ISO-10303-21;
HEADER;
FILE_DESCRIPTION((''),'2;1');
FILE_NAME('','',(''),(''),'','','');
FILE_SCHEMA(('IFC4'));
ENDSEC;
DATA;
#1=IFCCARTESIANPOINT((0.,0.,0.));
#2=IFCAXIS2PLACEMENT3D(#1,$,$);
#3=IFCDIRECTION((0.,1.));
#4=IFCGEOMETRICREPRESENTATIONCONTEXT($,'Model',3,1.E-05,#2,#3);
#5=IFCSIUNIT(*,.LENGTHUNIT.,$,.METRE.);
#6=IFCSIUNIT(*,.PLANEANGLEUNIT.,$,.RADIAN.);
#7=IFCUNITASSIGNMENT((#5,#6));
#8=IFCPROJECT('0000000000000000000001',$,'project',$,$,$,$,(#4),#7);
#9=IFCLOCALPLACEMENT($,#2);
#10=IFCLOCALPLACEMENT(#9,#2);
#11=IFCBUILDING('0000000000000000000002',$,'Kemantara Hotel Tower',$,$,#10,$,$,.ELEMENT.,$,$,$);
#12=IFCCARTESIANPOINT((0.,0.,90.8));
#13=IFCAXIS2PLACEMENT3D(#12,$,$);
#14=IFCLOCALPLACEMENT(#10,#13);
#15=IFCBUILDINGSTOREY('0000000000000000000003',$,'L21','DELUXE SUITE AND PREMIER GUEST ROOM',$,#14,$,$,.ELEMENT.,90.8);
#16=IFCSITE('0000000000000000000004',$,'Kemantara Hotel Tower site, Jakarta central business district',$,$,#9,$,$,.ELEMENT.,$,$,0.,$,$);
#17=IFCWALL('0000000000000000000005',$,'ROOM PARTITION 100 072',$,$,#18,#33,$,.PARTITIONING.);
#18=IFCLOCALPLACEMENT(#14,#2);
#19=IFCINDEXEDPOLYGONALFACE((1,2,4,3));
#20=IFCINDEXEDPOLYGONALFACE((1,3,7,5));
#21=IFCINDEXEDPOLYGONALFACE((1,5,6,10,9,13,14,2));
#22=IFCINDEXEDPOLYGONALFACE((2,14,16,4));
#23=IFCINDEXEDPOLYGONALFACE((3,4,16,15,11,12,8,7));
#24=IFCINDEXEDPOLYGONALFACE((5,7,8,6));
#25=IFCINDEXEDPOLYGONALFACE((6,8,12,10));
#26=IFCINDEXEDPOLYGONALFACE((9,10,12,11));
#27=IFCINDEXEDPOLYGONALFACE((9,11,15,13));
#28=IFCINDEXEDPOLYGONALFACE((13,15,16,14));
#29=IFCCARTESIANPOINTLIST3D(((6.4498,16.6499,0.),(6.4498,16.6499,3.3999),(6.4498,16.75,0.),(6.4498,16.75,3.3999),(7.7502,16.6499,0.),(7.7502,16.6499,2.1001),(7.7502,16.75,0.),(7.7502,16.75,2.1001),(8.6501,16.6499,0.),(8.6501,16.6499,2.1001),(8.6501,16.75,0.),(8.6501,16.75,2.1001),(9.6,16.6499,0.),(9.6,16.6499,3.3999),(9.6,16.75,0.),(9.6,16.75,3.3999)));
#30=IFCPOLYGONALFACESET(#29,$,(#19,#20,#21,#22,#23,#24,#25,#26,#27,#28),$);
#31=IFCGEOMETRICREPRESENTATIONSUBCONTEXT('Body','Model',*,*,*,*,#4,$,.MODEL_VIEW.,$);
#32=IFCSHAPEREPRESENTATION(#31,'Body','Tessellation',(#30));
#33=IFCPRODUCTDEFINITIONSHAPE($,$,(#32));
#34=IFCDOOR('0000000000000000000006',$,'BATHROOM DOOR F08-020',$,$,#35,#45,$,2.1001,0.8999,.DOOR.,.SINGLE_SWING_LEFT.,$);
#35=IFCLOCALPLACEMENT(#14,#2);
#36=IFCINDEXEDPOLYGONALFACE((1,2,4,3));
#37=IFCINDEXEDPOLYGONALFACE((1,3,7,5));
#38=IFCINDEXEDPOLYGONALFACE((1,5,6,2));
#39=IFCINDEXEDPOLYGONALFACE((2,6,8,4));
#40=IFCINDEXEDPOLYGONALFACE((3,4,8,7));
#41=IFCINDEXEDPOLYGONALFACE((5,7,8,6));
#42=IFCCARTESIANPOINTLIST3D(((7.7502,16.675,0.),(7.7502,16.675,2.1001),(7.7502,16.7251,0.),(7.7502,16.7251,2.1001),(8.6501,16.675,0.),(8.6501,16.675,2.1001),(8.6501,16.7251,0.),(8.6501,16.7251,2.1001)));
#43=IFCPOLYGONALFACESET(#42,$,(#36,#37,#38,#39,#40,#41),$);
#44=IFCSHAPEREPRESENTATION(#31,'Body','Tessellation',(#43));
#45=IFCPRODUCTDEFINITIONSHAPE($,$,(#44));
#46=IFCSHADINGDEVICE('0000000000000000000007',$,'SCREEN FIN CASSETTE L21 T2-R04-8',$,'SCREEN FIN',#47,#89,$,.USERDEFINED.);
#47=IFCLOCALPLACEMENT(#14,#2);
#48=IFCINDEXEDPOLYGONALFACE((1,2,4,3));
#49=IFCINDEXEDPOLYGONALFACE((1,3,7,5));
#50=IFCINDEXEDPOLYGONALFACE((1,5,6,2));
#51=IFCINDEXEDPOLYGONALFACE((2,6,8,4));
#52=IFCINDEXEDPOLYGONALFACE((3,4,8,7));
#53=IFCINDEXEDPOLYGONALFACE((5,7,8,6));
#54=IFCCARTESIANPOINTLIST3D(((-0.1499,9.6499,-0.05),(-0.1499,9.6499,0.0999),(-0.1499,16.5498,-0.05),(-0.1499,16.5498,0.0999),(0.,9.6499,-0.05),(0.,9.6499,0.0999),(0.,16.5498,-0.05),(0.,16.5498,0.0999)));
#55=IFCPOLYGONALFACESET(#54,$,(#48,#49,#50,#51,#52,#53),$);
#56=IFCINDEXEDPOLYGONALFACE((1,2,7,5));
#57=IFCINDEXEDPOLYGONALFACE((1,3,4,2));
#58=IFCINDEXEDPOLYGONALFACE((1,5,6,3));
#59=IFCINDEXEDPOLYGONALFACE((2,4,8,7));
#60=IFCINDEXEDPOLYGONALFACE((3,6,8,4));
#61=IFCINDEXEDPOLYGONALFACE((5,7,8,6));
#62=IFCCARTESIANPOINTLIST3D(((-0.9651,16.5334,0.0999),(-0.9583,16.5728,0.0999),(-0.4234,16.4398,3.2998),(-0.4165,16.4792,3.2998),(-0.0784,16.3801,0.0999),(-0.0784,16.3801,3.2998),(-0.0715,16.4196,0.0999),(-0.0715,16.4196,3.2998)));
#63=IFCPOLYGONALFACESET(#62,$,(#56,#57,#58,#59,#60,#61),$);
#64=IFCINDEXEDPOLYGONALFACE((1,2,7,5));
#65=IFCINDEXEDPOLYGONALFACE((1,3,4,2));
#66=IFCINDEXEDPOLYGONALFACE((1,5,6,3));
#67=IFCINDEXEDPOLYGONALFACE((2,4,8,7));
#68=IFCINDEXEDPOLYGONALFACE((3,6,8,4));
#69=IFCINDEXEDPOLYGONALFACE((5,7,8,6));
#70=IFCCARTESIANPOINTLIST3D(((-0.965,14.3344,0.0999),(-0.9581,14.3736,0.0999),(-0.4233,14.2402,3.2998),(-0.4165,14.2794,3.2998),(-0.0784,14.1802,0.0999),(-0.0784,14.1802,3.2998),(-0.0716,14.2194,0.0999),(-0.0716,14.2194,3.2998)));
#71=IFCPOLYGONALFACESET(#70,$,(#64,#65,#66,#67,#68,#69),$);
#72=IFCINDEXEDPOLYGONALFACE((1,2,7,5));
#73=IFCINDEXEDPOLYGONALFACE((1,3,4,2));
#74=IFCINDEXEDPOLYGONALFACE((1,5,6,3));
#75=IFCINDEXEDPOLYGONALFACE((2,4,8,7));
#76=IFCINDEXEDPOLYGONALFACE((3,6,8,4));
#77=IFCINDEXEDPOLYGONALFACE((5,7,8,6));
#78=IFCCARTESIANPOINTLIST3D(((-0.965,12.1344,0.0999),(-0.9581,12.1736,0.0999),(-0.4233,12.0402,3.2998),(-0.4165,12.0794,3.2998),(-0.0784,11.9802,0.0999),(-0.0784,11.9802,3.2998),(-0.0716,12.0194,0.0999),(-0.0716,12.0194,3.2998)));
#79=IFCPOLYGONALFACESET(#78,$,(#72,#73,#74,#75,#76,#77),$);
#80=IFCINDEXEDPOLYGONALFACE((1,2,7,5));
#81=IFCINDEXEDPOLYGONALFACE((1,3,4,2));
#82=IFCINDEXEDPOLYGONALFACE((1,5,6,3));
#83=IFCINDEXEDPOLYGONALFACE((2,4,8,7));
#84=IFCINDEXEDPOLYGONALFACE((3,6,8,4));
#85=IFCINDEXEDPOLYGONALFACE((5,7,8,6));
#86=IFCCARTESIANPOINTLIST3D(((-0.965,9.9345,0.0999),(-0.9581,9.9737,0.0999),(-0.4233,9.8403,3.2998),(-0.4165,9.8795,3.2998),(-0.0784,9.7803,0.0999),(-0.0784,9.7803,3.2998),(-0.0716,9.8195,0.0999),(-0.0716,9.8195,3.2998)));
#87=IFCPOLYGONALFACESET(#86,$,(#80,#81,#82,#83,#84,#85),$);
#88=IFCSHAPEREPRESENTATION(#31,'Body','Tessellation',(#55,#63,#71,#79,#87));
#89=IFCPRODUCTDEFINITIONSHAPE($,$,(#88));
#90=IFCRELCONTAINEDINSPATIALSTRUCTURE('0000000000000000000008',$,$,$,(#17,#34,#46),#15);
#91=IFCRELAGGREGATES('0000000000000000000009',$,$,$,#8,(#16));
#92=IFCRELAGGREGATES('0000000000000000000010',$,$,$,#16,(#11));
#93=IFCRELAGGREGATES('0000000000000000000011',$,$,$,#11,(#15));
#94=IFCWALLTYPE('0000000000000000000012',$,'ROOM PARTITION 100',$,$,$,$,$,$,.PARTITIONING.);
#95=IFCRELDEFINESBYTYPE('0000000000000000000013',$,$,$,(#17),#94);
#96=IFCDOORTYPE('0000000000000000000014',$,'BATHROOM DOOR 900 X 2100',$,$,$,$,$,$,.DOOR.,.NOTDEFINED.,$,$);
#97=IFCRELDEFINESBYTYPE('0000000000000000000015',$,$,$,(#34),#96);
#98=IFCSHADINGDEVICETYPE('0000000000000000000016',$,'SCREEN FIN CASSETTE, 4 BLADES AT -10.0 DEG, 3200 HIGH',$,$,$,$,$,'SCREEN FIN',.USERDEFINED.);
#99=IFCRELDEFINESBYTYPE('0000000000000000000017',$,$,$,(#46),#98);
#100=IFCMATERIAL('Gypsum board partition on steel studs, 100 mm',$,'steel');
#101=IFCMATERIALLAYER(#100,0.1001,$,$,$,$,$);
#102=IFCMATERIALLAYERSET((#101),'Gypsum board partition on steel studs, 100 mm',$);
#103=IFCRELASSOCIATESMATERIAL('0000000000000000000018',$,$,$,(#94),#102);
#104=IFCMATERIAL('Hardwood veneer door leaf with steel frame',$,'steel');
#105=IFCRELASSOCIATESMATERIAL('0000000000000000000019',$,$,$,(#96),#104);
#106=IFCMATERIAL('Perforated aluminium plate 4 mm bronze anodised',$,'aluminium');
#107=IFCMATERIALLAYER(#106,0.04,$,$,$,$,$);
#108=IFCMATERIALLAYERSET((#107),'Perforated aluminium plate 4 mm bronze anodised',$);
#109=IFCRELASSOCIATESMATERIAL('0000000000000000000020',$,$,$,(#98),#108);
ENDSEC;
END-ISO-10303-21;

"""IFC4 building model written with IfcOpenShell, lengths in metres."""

from ifc_helpers import new_model, si_unit, direction, frame, frame_2d, origin, origin_2d, place, context, subcontext, project, spatial, polyline, rectangle, outline, extrude, source, transform, mapped, material, layer, layer_set, type_object, element, fill, save


model = new_model("IFC4")

# Units and contexts
model_context = context("Model", 3, precision=1e-05, world=origin(), true_north=direction((0.0, 1.0)))
body_context = subcontext(model_context, "Body", "Model", "MODEL_VIEW")
ifc_project = project(units=[si_unit("LENGTHUNIT", "METRE"), si_unit("PLANEANGLEUNIT", "RADIAN")], contexts=[model_context])

# Site, building, storey
site_placement = place(None, origin())
site = spatial("IfcSite", under=ifc_project, at=site_placement, Name="Kemantara Hotel Tower site, Jakarta central business district", CompositionType="ELEMENT", RefElevation=0.0)
building_placement = place(site_placement, origin())
building = spatial("IfcBuilding", under=site, at=building_placement, Name="Kemantara Hotel Tower", CompositionType="ELEMENT")
storey_placement = place(building_placement, frame((0.0, 0.0, 90.8)))
storey = spatial("IfcBuildingStorey", under=building, at=storey_placement, Name="L21", Description="DELUXE SUITE AND PREMIER GUEST ROOM", CompositionType="ELEMENT", Elevation=90.8)

# Shared definitions
ifc_material_1 = material(Name="Hardwood veneer door leaf with steel frame", Category="steel")

# Shared definitions
ifc_material_2 = material(Name="Gypsum board partition on steel studs, 100 mm", Category="steel")
ifc_layer_1 = layer(ifc_material_2, 0.1001)
ifc_layer_set_1 = layer_set([ifc_layer_1], Name="Gypsum board partition on steel studs, 100 mm")
wall_type_1 = type_object("IfcWallType", Name="ROOM PARTITION 100", PredefinedType="PARTITIONING", material=ifc_layer_set_1)

# Wall, opening, door
wall_1_placement = place(storey_placement, frame((9.6001, 16.7, 0.0), z_axis=(0.0, 0.0, 1.0), x_axis=(-1.0, 0.0, 0.0)))
wall_1 = element("IfcWall", 1, at=wall_1_placement, inside=storey, type_object=wall_type_1, Name="ROOM PARTITION 100 072", PredefinedType="PARTITIONING", context=body_context, shape_type="SweptSolid", body=[
    extrude(rectangle(XDim=3.1501, YDim=0.1001, at=frame_2d((1.5752, 0.0))), origin(), (0.0, 0.0, 1.0), 3.3999),
])
opening_1_placement = place(wall_1_placement, frame((0.95, 0.0, 0.0)))
opening_1 = element("IfcOpeningElement", 2, at=opening_1_placement, cuts=wall_1, PredefinedType="OPENING", context=body_context, shape_type="SweptSolid", body=[
    extrude(rectangle(XDim=0.8999, YDim=2.1001, at=frame_2d((0.45, 1.05))), frame((0.0, 0.0601, 0.0), z_axis=(0.0, -1.0, 0.0), x_axis=(1.0, 0.0, 0.0)), (0.0, 0.0, 1.0), 0.1201),
])
door_type_1 = type_object("IfcDoorType", Name="BATHROOM DOOR 900 X 2100", OperationType="NOTDEFINED", PredefinedType="DOOR", material=ifc_material_1)
door_1_placement = place(opening_1_placement, origin())
door_1 = element("IfcDoor", 3, at=door_1_placement, inside=storey, type_object=door_type_1, Name="BATHROOM DOOR F08-020", OperationType="SINGLE_SWING_LEFT", OverallHeight=2.1001, OverallWidth=0.8999, PredefinedType="DOOR", context=body_context, shape_type="SweptSolid", body=[
    extrude(rectangle(XDim=0.8999, YDim=2.1001, at=frame_2d((0.45, 1.05))), frame((0.0, 0.0249, 0.0), z_axis=(0.0, -1.0, 0.0), x_axis=(1.0, 0.0, 0.0)), (0.0, 0.0, 1.0), 0.05),
])
fill(opening_1, door_1)

# Shading device
ifc_material_3 = material(Name="Perforated aluminium plate 4 mm bronze anodised", Category="aluminium")
ifc_layer_2 = layer(ifc_material_3, 0.04)
ifc_layer_set_2 = layer_set([ifc_layer_2], Name="Perforated aluminium plate 4 mm bronze anodised")
shading_device_type = type_object("IfcShadingDeviceType", Name="SCREEN FIN CASSETTE, 4 BLADES AT -10.0 DEG, 3200 HIGH", ElementType="SCREEN FIN", PredefinedType="USERDEFINED", material=ifc_layer_set_2)
shared_shape = source(origin(), body_context, "Body", "SweptSolid", [
    extrude(rectangle(XDim=6.8999, YDim=0.1499, at=origin_2d()), frame((3.3, -0.075, -0.1499), z_axis=(0.0, 0.0, 1.0), x_axis=(1.0, 0.0, 0.0)), (0.0, 0.0, 1.0), 0.1499),
    extrude(outline(polyline([(0.0, 0.0), (0.8999, 0.0), (0.3501, 3.2), (0.0, 3.2), (0.0, 0.0)])), frame((0.0198, -0.0784, 0.0), z_axis=(-0.98539, 0.170314, 0.0), x_axis=(-0.170314, -0.98539, 0.0)), (0.0, 0.0, 1.0), 0.04),
    extrude(outline(polyline([(0.0, 0.0), (0.8999, 0.0), (0.3501, 3.2), (0.0, 3.2), (0.0, 0.0)])), frame((2.2197, -0.0784, 0.0), z_axis=(-0.985212, 0.171341, 0.0), x_axis=(-0.171341, -0.985212, 0.0)), (0.0, 0.0, 1.0), 0.0398),
    extrude(outline(polyline([(0.0, 0.0), (0.8999, 0.0), (0.3501, 3.2), (0.0, 3.2), (0.0, 0.0)])), frame((4.4197, -0.0784, 0.0), z_axis=(-0.985212, 0.171341, 0.0), x_axis=(-0.171341, -0.985212, 0.0)), (0.0, 0.0, 1.0), 0.0398),
    extrude(outline(polyline([(0.0, 0.0), (0.8999, 0.0), (0.3501, 3.2), (0.0, 3.2), (0.0, 0.0)])), frame((6.6196, -0.0784, 0.0), z_axis=(-0.985212, 0.171341, 0.0), x_axis=(-0.171341, -0.985212, 0.0)), (0.0, 0.0, 1.0), 0.0398),
])
shading_device_placement = place(storey_placement, frame((0.0, 16.3999, 0.0999), z_axis=(0.0, 0.0, 1.0), x_axis=(0.0, -1.0, 0.0)))
element("IfcShadingDevice", 4, at=shading_device_placement, inside=storey, type_object=shading_device_type, Name="SCREEN FIN CASSETTE L21 T2-R04-8", ObjectType="SCREEN FIN", PredefinedType="USERDEFINED", context=body_context, shape_type="MappedRepresentation", body=[
    mapped(shared_shape, transform((0.0, 0.0, 0.0))),
])

save(model, "model.ifc")
